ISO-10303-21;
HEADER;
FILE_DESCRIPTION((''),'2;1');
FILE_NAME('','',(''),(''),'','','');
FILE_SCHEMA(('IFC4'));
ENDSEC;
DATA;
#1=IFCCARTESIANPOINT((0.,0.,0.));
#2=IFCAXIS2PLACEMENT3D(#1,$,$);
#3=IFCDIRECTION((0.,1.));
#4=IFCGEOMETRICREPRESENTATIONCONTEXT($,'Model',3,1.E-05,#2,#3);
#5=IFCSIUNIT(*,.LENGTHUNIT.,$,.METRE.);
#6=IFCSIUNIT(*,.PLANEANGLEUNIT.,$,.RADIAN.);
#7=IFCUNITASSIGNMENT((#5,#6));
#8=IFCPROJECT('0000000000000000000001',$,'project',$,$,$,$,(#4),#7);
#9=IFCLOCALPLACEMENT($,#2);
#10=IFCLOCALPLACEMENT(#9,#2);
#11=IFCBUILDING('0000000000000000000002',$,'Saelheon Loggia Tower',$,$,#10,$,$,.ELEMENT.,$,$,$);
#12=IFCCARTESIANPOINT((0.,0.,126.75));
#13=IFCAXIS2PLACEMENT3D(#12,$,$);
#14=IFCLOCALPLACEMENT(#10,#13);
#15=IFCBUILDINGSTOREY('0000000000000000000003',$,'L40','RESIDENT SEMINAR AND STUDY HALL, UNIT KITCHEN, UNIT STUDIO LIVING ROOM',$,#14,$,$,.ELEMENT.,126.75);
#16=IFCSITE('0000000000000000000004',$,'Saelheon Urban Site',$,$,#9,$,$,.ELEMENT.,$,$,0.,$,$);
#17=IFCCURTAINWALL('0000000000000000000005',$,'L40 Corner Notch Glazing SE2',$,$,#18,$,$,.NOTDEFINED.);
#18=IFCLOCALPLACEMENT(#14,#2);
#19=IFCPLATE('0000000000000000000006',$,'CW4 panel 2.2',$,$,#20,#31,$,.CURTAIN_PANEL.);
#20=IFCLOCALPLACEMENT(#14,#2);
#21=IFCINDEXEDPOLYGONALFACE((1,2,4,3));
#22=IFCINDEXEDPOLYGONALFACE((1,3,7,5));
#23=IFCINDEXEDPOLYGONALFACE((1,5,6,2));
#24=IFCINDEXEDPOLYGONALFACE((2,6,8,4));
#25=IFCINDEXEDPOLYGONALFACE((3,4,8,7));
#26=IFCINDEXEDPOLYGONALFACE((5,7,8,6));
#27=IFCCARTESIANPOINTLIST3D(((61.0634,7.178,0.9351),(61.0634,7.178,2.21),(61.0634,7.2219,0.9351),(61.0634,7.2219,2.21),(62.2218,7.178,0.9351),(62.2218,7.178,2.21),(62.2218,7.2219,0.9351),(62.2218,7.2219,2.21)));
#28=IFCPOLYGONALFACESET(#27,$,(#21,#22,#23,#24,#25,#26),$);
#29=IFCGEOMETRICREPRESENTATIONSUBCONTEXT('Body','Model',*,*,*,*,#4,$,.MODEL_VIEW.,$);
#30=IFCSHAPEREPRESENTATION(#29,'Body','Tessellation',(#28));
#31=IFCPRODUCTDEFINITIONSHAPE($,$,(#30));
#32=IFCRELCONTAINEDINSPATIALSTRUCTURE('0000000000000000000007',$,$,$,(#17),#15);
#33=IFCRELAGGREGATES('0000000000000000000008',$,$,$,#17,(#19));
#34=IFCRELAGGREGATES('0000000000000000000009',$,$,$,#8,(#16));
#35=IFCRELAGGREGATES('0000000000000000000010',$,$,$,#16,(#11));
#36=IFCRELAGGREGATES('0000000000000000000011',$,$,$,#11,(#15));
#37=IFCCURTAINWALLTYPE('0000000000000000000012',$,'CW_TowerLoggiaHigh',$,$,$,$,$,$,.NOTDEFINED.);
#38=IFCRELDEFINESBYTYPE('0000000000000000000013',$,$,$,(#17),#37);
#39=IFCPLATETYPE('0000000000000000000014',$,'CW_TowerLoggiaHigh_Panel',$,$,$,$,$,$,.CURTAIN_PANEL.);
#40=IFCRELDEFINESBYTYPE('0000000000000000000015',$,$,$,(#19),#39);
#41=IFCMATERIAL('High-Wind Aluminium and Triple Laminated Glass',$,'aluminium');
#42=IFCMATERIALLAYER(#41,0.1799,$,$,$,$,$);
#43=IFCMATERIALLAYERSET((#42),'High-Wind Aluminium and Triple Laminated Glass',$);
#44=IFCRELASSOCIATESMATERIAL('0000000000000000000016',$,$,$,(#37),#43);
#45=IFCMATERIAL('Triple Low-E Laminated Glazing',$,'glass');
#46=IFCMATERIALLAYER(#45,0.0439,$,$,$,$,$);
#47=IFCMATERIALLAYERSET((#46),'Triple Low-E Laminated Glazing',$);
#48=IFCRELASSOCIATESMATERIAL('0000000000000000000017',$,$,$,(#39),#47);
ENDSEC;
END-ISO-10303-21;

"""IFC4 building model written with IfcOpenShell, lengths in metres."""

from ifc_helpers import new_model, si_unit, direction, frame, origin, origin_2d, place, context, subcontext, project, spatial, rectangle, extrude, source, transform, mapped, material, layer, layer_set, type_object, element, aggregate, save


model = new_model("IFC4")

# Units and contexts
model_context = context("Model", 3, precision=1e-05, world=origin(), true_north=direction((0.0, 1.0)))
body_context = subcontext(model_context, "Body", "Model", "MODEL_VIEW")
ifc_project = project(units=[si_unit("LENGTHUNIT", "METRE"), si_unit("PLANEANGLEUNIT", "RADIAN")], contexts=[model_context])

# Site, building, storey
site_placement = place(None, origin())
site = spatial("IfcSite", under=ifc_project, at=site_placement, Name="Saelheon Urban Site", CompositionType="ELEMENT", RefElevation=0.0)
building_placement = place(site_placement, origin())
building = spatial("IfcBuilding", under=site, at=building_placement, Name="Saelheon Loggia Tower", CompositionType="ELEMENT")
storey_placement = place(building_placement, frame((0.0, 0.0, 126.75)))
storey = spatial("IfcBuildingStorey", under=building, at=storey_placement, Name="L40", Description="RESIDENT SEMINAR AND STUDY HALL, UNIT KITCHEN, UNIT STUDIO LIVING ROOM", CompositionType="ELEMENT", Elevation=126.75)

# Curtain wall, plate
ifc_material_1 = material(Name="High-Wind Aluminium and Triple Laminated Glass", Category="aluminium")
ifc_layer_1 = layer(ifc_material_1, 0.1799)
ifc_layer_set_1 = layer_set([ifc_layer_1], Name="High-Wind Aluminium and Triple Laminated Glass")
curtain_wall_type = type_object("IfcCurtainWallType", Name="CW_TowerLoggiaHigh", PredefinedType="NOTDEFINED", material=ifc_layer_set_1)
curtain_wall_placement = place(storey_placement, origin())
curtain_wall = element("IfcCurtainWall", 1, at=curtain_wall_placement, inside=storey, type_object=curtain_wall_type, Name="L40 Corner Notch Glazing SE2", PredefinedType="NOTDEFINED")
ifc_material_2 = material(Name="Triple Low-E Laminated Glazing", Category="glass")
ifc_layer_2 = layer(ifc_material_2, 0.0439)
ifc_layer_set_2 = layer_set([ifc_layer_2], Name="Triple Low-E Laminated Glazing")
plate_type = type_object("IfcPlateType", Name="CW_TowerLoggiaHigh_Panel", PredefinedType="CURTAIN_PANEL", material=ifc_layer_set_2)
shared_shape_1 = source(origin(), body_context, "Body", "SweptSolid", [
    extrude(rectangle(XDim=1.1584, YDim=0.0439, at=origin_2d()), origin(), (0.0, 0.0, 1.0), 1.2749),
])
plate_1_placement = place(storey_placement, frame((61.6426, 7.2, 0.9351), z_axis=(0.0, 0.0, 1.0), x_axis=(1.0, 0.0, 0.0)))
plate_1 = element("IfcPlate", 2, at=plate_1_placement, type_object=plate_type, Name="CW4 panel 2.2", PredefinedType="CURTAIN_PANEL", context=body_context, shape_type="MappedRepresentation", body=[
    mapped(shared_shape_1, transform((0.0, 0.0, 0.0), scale=1.0)),
])
aggregate(curtain_wall, [plate_1])

save(model, "model.ifc")
